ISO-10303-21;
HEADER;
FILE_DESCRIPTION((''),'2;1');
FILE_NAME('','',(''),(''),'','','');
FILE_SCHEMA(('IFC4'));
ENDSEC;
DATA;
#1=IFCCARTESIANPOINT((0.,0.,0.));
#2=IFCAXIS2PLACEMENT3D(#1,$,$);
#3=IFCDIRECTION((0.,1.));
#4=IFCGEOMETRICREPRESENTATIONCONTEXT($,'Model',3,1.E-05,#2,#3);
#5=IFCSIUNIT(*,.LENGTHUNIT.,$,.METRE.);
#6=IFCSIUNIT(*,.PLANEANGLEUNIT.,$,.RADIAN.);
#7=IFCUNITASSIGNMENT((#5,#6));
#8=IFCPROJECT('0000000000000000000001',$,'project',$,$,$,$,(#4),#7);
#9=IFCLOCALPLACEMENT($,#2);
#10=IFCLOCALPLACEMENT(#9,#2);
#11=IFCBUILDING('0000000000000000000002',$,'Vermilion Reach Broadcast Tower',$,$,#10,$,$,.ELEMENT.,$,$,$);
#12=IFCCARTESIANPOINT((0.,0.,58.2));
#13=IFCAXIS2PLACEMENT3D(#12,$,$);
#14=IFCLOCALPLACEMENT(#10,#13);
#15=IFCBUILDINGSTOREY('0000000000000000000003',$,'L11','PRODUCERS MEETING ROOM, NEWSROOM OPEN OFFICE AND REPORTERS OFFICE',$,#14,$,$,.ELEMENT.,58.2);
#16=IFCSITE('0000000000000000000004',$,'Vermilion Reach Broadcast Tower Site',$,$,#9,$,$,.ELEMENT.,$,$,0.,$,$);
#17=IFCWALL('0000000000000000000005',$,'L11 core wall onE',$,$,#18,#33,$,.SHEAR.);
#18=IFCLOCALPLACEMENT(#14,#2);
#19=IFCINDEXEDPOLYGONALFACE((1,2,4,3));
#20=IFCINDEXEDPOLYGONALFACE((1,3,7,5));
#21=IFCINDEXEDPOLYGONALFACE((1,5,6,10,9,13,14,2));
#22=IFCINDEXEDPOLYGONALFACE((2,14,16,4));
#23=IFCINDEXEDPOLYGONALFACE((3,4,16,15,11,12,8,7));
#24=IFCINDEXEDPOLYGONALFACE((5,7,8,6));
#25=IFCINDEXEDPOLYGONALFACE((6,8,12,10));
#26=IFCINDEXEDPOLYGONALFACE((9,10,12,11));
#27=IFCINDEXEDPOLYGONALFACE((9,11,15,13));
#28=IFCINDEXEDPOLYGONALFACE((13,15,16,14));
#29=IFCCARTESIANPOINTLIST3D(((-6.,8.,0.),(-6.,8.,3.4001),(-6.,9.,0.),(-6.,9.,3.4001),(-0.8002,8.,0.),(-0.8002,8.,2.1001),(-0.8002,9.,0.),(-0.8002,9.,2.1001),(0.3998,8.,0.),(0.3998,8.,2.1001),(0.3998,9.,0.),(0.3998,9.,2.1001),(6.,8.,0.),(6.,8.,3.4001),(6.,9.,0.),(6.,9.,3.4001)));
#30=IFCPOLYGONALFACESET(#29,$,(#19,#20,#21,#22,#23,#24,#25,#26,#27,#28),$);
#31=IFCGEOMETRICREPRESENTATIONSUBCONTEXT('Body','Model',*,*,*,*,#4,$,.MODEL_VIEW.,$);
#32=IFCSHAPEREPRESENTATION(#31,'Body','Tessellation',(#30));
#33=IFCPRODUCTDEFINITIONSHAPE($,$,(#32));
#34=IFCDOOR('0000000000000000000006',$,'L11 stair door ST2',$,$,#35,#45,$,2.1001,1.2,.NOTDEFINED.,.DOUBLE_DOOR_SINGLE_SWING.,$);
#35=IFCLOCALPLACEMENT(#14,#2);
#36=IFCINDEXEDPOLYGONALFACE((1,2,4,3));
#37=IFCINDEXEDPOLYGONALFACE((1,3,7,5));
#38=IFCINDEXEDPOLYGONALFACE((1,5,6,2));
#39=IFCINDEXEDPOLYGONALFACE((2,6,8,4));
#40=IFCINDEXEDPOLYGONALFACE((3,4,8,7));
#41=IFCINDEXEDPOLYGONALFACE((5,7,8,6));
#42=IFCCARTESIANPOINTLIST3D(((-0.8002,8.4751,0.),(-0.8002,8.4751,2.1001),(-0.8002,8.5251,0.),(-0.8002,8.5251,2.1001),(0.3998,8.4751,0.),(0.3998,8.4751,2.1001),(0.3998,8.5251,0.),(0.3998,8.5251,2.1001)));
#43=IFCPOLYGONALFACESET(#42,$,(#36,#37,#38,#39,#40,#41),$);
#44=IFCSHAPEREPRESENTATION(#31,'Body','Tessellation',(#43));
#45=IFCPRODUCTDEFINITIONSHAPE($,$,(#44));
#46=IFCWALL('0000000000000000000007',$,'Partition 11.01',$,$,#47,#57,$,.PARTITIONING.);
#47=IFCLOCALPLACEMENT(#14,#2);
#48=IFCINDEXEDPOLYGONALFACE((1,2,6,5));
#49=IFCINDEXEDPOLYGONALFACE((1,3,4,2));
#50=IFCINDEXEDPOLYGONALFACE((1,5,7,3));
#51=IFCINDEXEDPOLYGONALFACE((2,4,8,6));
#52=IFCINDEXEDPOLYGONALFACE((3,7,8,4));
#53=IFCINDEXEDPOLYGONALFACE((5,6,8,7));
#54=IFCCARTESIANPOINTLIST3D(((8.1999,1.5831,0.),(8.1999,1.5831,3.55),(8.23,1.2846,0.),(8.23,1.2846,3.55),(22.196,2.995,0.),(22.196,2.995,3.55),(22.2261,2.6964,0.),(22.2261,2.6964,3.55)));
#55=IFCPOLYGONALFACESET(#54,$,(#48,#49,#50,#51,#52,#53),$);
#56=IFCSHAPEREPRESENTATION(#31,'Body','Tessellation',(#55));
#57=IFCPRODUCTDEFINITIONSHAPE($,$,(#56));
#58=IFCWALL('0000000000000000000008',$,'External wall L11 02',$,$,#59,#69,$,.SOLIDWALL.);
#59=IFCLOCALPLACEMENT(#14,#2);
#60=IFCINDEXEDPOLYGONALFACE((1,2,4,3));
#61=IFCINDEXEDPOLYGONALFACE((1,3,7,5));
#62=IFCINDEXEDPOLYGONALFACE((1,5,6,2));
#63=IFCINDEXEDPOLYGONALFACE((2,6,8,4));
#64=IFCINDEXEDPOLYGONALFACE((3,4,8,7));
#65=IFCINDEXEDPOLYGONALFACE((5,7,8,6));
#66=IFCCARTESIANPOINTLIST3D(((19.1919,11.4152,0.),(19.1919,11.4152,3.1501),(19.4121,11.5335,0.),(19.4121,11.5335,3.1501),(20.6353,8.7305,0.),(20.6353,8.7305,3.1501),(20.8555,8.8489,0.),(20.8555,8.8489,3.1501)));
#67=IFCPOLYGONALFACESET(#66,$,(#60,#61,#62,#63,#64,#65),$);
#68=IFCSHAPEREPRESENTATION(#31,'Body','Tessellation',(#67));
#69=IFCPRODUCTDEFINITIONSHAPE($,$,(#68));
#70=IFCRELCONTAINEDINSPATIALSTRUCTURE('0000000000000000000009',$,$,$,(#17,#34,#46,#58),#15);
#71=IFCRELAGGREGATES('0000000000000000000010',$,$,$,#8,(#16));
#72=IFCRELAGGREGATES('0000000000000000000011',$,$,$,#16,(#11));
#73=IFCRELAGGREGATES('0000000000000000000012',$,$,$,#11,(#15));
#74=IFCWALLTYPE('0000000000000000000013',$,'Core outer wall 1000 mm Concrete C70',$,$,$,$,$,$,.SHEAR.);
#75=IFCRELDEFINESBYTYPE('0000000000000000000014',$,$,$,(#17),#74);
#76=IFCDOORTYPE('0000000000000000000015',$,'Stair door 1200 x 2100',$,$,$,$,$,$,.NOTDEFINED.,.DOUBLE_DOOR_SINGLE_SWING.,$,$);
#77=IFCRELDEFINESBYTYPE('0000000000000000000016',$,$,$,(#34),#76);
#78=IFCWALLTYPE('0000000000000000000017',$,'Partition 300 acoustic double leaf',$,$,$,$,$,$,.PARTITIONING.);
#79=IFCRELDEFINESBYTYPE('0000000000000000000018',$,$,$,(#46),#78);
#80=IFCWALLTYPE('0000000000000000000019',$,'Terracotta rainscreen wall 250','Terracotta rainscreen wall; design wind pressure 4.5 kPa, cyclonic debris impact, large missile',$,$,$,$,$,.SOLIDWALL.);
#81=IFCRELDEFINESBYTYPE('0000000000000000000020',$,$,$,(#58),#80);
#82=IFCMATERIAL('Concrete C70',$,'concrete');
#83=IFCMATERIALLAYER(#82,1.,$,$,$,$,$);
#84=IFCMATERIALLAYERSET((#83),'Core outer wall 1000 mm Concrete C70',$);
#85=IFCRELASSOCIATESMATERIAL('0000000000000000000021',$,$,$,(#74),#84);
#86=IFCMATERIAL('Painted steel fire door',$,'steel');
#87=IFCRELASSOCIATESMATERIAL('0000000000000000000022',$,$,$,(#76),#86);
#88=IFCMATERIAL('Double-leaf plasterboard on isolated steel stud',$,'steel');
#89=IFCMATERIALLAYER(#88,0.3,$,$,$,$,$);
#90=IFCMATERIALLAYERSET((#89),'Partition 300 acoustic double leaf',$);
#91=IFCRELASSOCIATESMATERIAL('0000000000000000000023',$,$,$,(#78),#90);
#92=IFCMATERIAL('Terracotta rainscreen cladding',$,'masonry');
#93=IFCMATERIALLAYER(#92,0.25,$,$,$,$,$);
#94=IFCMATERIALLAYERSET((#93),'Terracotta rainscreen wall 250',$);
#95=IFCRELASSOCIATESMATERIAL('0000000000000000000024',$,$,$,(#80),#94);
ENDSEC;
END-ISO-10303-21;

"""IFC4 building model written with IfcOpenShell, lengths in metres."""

from ifc_helpers import new_model, si_unit, direction, frame, frame_2d, origin, place, context, subcontext, project, spatial, rectangle, extrude, material, layer, layer_set, type_object, element, fill, save


model = new_model("IFC4")

# Units and contexts
model_context = context("Model", 3, precision=1e-05, world=origin(), true_north=direction((0.0, 1.0)))
body_context = subcontext(model_context, "Body", "Model", "MODEL_VIEW")
ifc_project = project(units=[si_unit("LENGTHUNIT", "METRE"), si_unit("PLANEANGLEUNIT", "RADIAN")], contexts=[model_context])

# Site, building, storey
site_placement = place(None, origin())
site = spatial("IfcSite", under=ifc_project, at=site_placement, Name="Vermilion Reach Broadcast Tower Site", CompositionType="ELEMENT", RefElevation=0.0)
building_placement = place(site_placement, origin())
building = spatial("IfcBuilding", under=site, at=building_placement, Name="Vermilion Reach Broadcast Tower", CompositionType="ELEMENT")
storey_placement = place(building_placement, frame((0.0, 0.0, 58.2)))
storey = spatial("IfcBuildingStorey", under=building, at=storey_placement, Name="L11", Description="PRODUCERS MEETING ROOM, NEWSROOM OPEN OFFICE AND REPORTERS OFFICE", CompositionType="ELEMENT", Elevation=58.2)

# Wall, opening, door
ifc_material_1 = material(Name="Concrete C70", Category="concrete")
ifc_layer_1 = layer(ifc_material_1, 1.0)
ifc_layer_set_1 = layer_set([ifc_layer_1], Name="Core outer wall 1000 mm Concrete C70")
wall_type_1 = type_object("IfcWallType", Name="Core outer wall 1000 mm Concrete C70", PredefinedType="SHEAR", material=ifc_layer_set_1)
wall_1_placement = place(storey_placement, frame((6.0, 8.5, 0.0), z_axis=(0.0, 0.0, 1.0), x_axis=(-1.0, 0.0, 0.0)))
wall_1 = element("IfcWall", 1, at=wall_1_placement, inside=storey, type_object=wall_type_1, Name="L11 core wall onE", PredefinedType="SHEAR", context=body_context, shape_type="SweptSolid", body=[
    extrude(rectangle(XDim=12.0, YDim=1.0, at=frame_2d((6.0, 0.0))), origin(), (0.0, 0.0, 1.0), 3.4001),
])
opening_placement = place(wall_1_placement, frame((5.6001, 0.0, 0.0)))
opening = element("IfcOpeningElement", 2, at=opening_placement, cuts=wall_1, PredefinedType="OPENING", context=body_context, shape_type="SweptSolid", body=[
    extrude(rectangle(XDim=1.2, YDim=2.1001, at=frame_2d((0.6001, 1.05))), frame((0.0, 0.51, 0.0), z_axis=(0.0, -1.0, 0.0), x_axis=(1.0, 0.0, 0.0)), (0.0, 0.0, 1.0), 1.02),
])
ifc_material_2 = material(Name="Painted steel fire door", Category="steel")
door_type = type_object("IfcDoorType", Name="Stair door 1200 x 2100", OperationType="DOUBLE_DOOR_SINGLE_SWING", PredefinedType="NOTDEFINED", material=ifc_material_2)
door_placement = place(opening_placement, origin())
door = element("IfcDoor", 3, at=door_placement, inside=storey, type_object=door_type, Name="L11 stair door ST2", OperationType="DOUBLE_DOOR_SINGLE_SWING", OverallHeight=2.1001, OverallWidth=1.2, PredefinedType="NOTDEFINED", context=body_context, shape_type="SweptSolid", body=[
    extrude(rectangle(XDim=1.2, YDim=2.1001, at=frame_2d((0.6001, 1.05))), frame((0.0, 0.0249, 0.0), z_axis=(0.0, -1.0, 0.0), x_axis=(1.0, 0.0, 0.0)), (0.0, 0.0, 1.0), 0.05),
])
fill(opening, door)

# Walls
ifc_material_3 = material(Name="Double-leaf plasterboard on isolated steel stud", Category="steel")
ifc_layer_2 = layer(ifc_material_3, 0.3)
ifc_layer_set_2 = layer_set([ifc_layer_2], Name="Partition 300 acoustic double leaf")
wall_type_2 = type_object("IfcWallType", Name="Partition 300 acoustic double leaf", PredefinedType="PARTITIONING", material=ifc_layer_set_2)
wall_2_placement = place(storey_placement, frame((22.2112, 2.8457, 0.0), z_axis=(0.0, 0.0, 1.0), x_axis=(-0.994951, -0.100366, 0.0)))
element("IfcWall", 4, at=wall_2_placement, inside=storey, type_object=wall_type_2, Name="Partition 11.01", PredefinedType="PARTITIONING", context=body_context, shape_type="SweptSolid", body=[
    extrude(rectangle(XDim=14.0671, YDim=0.3, at=frame_2d((7.0337, 0.0))), origin(), (0.0, 0.0, 1.0), 3.55),
])
ifc_material_4 = material(Name="Terracotta rainscreen cladding", Category="masonry")
ifc_layer_3 = layer(ifc_material_4, 0.25)
ifc_layer_set_3 = layer_set([ifc_layer_3], Name="Terracotta rainscreen wall 250")
wall_type_3 = type_object("IfcWallType", Name="Terracotta rainscreen wall 250", Description="Terracotta rainscreen wall; design wind pressure 4.5 kPa, cyclonic debris impact, large missile", PredefinedType="SOLIDWALL", material=ifc_layer_set_3)
wall_3_placement = place(storey_placement, frame((20.7454, 8.7898, 0.0), z_axis=(0.0, 0.0, 1.0), x_axis=(-0.473546, 0.880769, 0.0)))
element("IfcWall", 5, at=wall_3_placement, inside=storey, type_object=wall_type_3, Name="External wall L11 02", PredefinedType="SOLIDWALL", context=body_context, shape_type="SweptSolid", body=[
    extrude(rectangle(XDim=3.0481, YDim=0.25, at=frame_2d((1.5239, 0.0))), origin(), (0.0, 0.0, 1.0), 3.1501),
])

save(model, "model.ifc")
